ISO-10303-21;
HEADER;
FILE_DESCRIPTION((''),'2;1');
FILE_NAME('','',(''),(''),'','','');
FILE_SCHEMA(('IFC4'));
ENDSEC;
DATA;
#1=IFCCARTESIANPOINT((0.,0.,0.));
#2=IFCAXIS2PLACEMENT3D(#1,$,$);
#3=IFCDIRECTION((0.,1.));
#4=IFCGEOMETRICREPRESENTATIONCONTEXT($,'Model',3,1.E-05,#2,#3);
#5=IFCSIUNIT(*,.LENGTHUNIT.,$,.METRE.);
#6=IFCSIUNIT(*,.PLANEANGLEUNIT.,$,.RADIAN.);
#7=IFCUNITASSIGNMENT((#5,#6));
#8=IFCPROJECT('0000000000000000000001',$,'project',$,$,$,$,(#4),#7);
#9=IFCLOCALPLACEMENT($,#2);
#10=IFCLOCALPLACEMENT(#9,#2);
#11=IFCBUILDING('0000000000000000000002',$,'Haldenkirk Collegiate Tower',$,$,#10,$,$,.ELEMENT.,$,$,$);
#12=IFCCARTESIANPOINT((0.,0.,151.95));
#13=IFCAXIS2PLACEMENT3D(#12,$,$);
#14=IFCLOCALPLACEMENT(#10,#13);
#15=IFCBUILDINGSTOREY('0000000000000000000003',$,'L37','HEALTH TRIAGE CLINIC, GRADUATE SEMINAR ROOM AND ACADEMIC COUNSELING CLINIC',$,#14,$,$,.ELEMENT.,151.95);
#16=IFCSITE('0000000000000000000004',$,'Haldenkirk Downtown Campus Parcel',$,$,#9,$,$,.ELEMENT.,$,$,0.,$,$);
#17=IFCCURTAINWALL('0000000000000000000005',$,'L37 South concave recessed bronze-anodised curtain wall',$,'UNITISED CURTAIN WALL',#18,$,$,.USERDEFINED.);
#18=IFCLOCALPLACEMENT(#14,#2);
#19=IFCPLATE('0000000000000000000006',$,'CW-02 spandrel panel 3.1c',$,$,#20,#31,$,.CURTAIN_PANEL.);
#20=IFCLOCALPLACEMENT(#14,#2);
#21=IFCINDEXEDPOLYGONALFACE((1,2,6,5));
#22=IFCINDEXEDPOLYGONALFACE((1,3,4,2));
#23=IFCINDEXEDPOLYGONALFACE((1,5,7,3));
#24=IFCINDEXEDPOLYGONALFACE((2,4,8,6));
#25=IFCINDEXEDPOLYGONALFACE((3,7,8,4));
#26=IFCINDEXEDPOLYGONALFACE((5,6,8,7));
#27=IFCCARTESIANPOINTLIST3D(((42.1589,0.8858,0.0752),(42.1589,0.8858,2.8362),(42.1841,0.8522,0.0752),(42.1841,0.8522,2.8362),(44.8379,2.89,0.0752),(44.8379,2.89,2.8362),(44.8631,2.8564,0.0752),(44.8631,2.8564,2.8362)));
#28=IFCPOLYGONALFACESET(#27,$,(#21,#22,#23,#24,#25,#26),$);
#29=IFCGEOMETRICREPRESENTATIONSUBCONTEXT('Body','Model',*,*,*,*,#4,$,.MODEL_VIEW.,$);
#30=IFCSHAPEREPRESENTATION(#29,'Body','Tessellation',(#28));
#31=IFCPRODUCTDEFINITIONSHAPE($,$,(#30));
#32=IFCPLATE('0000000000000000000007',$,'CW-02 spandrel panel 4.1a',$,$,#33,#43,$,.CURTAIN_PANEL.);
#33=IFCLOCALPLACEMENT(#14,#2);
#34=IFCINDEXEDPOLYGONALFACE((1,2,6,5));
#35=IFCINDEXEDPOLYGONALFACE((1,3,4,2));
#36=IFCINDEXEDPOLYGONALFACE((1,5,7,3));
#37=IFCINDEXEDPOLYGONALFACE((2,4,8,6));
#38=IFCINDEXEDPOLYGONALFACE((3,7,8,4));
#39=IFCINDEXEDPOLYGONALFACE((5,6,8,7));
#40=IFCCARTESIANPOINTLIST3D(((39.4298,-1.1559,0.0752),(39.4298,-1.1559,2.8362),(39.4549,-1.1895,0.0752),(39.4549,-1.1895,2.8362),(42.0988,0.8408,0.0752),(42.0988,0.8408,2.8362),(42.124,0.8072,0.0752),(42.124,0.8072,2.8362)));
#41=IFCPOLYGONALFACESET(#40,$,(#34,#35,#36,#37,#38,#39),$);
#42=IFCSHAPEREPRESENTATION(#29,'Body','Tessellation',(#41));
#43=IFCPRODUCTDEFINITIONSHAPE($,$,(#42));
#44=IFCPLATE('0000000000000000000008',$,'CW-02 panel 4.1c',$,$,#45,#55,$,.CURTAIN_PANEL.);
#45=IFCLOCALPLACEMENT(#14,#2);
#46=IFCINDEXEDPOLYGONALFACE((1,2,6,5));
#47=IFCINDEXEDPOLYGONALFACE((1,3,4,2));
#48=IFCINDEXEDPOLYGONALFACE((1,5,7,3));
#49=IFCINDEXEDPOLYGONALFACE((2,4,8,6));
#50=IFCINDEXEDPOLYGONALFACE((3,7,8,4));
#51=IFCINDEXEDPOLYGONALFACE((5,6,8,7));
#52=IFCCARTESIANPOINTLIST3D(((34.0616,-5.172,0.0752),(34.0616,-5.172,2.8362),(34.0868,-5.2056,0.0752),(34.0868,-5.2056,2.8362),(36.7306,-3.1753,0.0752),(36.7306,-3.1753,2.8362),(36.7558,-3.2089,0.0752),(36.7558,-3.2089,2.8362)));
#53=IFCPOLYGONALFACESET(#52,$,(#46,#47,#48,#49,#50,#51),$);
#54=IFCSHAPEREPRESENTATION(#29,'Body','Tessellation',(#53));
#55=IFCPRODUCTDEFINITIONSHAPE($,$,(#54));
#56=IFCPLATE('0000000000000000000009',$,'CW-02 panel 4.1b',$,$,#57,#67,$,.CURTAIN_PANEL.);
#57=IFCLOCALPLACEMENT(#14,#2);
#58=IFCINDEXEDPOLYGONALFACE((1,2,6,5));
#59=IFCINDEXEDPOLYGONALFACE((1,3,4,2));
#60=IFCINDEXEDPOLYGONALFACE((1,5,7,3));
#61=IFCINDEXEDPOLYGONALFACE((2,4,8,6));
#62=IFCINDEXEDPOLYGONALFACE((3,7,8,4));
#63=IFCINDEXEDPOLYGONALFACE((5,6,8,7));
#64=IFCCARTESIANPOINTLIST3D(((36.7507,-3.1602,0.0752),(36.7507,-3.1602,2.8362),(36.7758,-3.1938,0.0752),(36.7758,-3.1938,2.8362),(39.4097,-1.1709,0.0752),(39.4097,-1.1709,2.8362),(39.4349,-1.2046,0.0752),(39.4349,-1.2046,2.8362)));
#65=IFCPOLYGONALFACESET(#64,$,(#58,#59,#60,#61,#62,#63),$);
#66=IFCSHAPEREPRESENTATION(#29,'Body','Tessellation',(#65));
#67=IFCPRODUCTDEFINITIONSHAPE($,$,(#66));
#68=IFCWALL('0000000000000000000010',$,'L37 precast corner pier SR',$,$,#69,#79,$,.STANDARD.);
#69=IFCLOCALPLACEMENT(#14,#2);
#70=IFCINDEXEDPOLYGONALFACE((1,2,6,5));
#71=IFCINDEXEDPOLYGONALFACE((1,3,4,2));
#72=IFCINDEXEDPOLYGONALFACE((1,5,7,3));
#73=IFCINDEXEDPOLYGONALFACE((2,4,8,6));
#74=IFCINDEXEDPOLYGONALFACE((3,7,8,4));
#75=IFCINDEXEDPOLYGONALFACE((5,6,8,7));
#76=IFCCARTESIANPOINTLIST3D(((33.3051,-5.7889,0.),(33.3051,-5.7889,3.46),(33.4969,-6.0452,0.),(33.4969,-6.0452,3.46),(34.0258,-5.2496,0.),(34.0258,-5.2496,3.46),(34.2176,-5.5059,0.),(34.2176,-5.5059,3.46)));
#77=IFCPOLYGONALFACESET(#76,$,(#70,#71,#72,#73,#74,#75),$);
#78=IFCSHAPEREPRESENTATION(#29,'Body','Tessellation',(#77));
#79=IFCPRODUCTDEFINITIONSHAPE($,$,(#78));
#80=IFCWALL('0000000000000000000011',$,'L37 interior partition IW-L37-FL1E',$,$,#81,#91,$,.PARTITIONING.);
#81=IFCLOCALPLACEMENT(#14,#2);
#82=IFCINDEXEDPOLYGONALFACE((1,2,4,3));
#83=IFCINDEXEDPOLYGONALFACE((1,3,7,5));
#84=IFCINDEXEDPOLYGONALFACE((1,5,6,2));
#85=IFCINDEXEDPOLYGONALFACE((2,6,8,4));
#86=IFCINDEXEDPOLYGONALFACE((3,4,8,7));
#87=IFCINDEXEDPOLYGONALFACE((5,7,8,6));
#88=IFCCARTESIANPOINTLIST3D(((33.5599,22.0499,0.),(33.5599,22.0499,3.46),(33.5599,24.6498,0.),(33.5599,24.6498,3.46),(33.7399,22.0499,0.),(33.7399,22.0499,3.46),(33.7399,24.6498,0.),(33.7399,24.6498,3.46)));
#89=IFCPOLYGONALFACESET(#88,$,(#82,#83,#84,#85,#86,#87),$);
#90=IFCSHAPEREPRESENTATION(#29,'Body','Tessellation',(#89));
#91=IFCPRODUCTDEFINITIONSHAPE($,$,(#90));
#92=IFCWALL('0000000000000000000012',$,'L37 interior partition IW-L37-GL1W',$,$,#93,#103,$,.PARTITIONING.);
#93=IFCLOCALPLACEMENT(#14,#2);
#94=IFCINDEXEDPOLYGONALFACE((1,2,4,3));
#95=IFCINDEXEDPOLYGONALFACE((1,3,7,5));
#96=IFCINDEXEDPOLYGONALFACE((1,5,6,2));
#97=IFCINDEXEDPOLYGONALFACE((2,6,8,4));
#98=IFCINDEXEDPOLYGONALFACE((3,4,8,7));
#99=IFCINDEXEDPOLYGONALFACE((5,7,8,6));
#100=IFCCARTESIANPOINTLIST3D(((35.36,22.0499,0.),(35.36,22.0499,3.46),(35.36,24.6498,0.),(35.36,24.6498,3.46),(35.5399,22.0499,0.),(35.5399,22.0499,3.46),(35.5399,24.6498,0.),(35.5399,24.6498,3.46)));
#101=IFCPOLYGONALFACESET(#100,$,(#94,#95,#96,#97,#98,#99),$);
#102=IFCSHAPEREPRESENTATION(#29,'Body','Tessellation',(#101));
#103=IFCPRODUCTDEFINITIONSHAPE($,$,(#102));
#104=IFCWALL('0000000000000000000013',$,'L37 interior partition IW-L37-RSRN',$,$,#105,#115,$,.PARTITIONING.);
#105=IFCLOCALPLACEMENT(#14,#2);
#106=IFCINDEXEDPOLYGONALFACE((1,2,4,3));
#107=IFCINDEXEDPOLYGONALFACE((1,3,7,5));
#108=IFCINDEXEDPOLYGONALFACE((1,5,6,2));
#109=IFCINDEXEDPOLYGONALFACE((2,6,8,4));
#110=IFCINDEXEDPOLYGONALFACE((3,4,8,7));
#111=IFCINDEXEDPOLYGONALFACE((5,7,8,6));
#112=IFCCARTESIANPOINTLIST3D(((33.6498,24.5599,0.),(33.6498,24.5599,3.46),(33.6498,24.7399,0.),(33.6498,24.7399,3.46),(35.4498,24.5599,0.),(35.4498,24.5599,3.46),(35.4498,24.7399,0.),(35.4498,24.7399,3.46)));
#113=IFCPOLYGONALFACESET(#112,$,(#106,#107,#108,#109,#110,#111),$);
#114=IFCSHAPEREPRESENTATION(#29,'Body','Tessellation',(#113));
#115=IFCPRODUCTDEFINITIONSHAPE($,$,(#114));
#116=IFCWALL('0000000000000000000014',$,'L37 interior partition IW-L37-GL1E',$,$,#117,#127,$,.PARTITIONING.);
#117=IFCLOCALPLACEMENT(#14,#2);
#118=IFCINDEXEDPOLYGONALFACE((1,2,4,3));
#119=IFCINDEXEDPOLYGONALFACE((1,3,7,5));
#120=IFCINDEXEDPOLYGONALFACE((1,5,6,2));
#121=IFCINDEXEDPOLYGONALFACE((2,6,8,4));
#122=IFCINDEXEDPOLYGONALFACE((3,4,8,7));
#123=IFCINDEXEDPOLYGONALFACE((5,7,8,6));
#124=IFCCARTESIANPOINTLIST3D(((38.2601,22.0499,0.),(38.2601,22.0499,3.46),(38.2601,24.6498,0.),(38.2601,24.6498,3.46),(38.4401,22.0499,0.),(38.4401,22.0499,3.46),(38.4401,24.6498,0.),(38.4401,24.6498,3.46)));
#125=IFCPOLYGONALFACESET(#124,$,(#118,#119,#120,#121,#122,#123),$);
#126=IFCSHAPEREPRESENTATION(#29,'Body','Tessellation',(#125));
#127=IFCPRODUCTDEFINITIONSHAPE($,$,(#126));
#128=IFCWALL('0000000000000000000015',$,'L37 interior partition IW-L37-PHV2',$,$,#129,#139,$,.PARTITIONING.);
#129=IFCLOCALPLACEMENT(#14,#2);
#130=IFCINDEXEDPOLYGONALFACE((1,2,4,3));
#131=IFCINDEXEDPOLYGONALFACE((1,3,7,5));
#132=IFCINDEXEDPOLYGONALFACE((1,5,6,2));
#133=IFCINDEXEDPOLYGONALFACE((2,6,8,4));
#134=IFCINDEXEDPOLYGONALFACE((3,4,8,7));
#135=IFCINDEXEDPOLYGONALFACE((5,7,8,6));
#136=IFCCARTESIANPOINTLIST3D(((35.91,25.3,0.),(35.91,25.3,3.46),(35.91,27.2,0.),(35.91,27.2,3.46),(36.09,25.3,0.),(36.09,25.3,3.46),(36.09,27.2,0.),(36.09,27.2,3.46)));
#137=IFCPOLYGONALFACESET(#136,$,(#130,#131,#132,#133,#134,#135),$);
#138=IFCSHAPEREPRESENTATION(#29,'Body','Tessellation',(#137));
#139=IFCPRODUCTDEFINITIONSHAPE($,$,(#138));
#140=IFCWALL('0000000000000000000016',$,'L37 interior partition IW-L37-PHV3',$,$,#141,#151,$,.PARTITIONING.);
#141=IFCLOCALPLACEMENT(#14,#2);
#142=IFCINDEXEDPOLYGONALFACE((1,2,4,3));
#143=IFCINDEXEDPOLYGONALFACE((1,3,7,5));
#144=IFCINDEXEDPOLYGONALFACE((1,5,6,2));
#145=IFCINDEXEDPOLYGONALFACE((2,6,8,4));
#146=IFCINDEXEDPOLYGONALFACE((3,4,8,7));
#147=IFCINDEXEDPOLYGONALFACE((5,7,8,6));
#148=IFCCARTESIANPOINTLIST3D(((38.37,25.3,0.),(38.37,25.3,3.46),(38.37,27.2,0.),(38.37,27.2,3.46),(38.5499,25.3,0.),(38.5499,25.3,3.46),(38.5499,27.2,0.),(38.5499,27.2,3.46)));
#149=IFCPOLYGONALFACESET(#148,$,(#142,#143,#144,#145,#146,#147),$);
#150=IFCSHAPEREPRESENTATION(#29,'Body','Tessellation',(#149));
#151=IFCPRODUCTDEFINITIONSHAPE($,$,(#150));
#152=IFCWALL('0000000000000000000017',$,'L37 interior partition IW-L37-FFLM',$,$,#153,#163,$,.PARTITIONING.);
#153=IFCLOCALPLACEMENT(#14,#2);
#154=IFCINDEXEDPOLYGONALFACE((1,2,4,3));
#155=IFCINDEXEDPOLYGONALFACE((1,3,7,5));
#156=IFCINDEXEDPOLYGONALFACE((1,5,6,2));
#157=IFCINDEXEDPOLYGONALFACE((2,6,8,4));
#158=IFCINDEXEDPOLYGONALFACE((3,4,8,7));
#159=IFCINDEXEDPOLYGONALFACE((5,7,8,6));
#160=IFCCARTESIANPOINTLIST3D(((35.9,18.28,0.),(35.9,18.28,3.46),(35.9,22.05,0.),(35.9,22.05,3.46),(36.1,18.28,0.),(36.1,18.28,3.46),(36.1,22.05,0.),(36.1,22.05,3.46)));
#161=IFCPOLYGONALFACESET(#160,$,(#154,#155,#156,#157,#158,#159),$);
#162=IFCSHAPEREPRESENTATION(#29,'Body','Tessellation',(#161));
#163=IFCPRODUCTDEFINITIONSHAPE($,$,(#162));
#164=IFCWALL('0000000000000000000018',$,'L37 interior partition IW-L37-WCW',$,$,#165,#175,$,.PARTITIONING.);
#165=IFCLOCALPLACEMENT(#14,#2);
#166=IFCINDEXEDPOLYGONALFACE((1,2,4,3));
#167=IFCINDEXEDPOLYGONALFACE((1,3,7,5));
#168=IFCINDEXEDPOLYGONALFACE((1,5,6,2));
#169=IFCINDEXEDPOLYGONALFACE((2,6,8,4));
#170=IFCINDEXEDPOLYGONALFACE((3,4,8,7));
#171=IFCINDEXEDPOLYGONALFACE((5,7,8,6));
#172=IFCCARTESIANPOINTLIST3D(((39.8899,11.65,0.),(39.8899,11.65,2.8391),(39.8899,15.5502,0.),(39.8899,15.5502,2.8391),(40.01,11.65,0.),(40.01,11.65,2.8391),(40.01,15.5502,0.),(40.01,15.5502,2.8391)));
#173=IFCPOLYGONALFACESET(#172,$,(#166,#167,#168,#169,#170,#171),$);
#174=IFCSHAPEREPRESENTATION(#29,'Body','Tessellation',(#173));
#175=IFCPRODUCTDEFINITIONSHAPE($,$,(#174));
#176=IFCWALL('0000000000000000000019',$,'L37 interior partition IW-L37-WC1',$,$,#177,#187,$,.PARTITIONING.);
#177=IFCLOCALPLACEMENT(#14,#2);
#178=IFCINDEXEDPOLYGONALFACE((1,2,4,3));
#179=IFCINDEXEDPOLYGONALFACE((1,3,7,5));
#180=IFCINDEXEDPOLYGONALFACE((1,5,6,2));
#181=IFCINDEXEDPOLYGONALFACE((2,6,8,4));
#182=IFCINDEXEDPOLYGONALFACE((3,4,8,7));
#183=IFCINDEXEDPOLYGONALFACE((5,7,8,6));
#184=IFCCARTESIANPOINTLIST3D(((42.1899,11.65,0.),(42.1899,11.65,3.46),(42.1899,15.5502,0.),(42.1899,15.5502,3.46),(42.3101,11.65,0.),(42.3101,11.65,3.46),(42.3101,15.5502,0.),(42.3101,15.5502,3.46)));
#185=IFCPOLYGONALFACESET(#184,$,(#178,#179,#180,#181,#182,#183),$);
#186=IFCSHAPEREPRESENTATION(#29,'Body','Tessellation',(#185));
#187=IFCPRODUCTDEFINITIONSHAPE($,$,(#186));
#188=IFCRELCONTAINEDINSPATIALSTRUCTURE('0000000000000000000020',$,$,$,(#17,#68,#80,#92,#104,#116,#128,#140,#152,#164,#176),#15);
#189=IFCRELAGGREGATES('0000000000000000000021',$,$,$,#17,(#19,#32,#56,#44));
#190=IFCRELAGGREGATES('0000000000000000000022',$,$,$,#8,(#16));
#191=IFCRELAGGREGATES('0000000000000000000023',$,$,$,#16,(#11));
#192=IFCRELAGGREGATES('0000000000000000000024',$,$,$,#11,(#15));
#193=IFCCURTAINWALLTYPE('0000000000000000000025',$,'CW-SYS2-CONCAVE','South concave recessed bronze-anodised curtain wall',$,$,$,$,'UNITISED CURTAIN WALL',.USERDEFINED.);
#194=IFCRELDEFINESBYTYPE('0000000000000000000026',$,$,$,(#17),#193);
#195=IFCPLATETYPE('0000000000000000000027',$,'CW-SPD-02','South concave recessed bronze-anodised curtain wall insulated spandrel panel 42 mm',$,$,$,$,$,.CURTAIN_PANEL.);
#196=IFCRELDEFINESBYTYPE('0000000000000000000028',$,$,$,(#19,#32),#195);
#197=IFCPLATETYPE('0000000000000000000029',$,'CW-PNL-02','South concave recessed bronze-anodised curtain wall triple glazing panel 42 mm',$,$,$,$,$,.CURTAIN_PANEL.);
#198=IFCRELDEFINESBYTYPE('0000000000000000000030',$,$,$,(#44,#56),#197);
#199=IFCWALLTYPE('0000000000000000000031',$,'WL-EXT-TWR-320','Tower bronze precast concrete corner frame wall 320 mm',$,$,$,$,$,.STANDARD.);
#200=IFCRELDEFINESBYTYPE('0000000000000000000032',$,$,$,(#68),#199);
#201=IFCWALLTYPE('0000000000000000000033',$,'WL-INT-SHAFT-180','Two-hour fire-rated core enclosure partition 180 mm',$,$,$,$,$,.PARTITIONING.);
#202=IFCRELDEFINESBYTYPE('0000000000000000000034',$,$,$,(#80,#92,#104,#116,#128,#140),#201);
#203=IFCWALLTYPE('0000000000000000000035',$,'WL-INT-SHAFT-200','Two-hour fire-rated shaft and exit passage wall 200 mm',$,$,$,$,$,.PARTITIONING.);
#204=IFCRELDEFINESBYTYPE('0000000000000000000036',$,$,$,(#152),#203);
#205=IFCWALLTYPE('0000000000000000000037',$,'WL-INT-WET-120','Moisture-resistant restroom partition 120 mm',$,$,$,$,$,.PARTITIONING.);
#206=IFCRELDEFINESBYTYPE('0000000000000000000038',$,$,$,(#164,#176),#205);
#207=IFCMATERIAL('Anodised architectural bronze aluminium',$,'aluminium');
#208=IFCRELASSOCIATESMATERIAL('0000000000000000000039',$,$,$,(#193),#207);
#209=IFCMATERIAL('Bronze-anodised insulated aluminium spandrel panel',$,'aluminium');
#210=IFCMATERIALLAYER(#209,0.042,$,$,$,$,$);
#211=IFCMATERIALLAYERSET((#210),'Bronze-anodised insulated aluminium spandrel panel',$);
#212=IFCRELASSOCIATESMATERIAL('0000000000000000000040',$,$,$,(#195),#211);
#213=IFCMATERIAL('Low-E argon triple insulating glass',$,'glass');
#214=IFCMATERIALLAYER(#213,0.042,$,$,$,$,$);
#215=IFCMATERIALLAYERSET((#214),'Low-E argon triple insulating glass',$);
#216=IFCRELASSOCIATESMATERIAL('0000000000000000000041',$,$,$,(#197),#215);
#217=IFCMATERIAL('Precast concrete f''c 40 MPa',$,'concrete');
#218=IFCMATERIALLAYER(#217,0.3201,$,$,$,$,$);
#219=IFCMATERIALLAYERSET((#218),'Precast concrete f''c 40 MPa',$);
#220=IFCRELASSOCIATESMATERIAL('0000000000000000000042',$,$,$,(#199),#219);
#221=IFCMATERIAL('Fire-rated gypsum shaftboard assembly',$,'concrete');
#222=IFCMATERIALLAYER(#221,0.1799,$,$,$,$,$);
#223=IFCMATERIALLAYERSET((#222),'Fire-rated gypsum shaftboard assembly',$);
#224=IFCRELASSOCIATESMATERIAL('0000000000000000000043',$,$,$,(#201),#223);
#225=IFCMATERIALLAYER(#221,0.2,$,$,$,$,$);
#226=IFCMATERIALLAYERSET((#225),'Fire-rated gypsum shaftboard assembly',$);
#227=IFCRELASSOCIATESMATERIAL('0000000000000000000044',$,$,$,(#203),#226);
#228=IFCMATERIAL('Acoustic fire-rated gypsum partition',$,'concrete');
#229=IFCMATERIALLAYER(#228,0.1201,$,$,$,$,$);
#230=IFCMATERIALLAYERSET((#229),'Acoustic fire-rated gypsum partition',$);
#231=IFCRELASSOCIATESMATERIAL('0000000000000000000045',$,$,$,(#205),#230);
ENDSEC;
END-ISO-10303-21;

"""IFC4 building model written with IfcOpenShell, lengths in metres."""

from ifc_helpers import new_model, si_unit, direction, frame, frame_2d, origin, origin_2d, place, context, subcontext, project, spatial, rectangle, extrude, source, transform, mapped, material, layer, layer_set, type_object, element, aggregate, save


model = new_model("IFC4")

# Units and contexts
model_context = context("Model", 3, precision=1e-05, world=origin(), true_north=direction((0.0, 1.0)))
body_context = subcontext(model_context, "Body", "Model", "MODEL_VIEW")
ifc_project = project(units=[si_unit("LENGTHUNIT", "METRE"), si_unit("PLANEANGLEUNIT", "RADIAN")], contexts=[model_context])

# Site, building, storey
site_placement = place(None, origin())
site = spatial("IfcSite", under=ifc_project, at=site_placement, Name="Haldenkirk Downtown Campus Parcel", CompositionType="ELEMENT", RefElevation=0.0)
building_placement = place(site_placement, origin())
building = spatial("IfcBuilding", under=site, at=building_placement, Name="Haldenkirk Collegiate Tower", CompositionType="ELEMENT")
storey_placement = place(building_placement, frame((0.0, 0.0, 151.95)))
storey = spatial("IfcBuildingStorey", under=building, at=storey_placement, Name="L37", Description="HEALTH TRIAGE CLINIC, GRADUATE SEMINAR ROOM AND ACADEMIC COUNSELING CLINIC", CompositionType="ELEMENT", Elevation=151.95)

# Curtain wall, plates
ifc_material_1 = material(Name="Anodised architectural bronze aluminium", Category="aluminium")
curtain_wall_type = type_object("IfcCurtainWallType", Name="CW-SYS2-CONCAVE", Description="South concave recessed bronze-anodised curtain wall", ElementType="UNITISED CURTAIN WALL", PredefinedType="USERDEFINED", material=ifc_material_1)
curtain_wall_placement = place(storey_placement, origin())
curtain_wall = element("IfcCurtainWall", 1, at=curtain_wall_placement, inside=storey, type_object=curtain_wall_type, Name="L37 South concave recessed bronze-anodised curtain wall", ObjectType="UNITISED CURTAIN WALL", PredefinedType="USERDEFINED")
ifc_material_2 = material(Name="Bronze-anodised insulated aluminium spandrel panel", Category="aluminium")
ifc_layer_1 = layer(ifc_material_2, 0.042)
ifc_layer_set_1 = layer_set([ifc_layer_1], Name="Bronze-anodised insulated aluminium spandrel panel")
plate_type_1 = type_object("IfcPlateType", Name="CW-SPD-02", Description="South concave recessed bronze-anodised curtain wall insulated spandrel panel 42 mm", PredefinedType="CURTAIN_PANEL", material=ifc_layer_set_1)
shared_shape_1 = source(origin(), body_context, "Body", "SweptSolid", [
    extrude(rectangle(XDim=3.3457, YDim=0.042, at=origin_2d()), origin(), (0.0, 0.0, 1.0), 2.761),
])
plate_1_placement = place(storey_placement, frame((43.511, 1.8711, 0.0752), z_axis=(0.0, 0.0, 1.0), x_axis=(-0.80073, -0.599025, 0.0)))
plate_1 = element("IfcPlate", 2, at=plate_1_placement, type_object=plate_type_1, Name="CW-02 spandrel panel 3.1c", PredefinedType="CURTAIN_PANEL", context=body_context, shape_type="MappedRepresentation", body=[
    mapped(shared_shape_1, transform((0.0, 0.0, 0.0), x_axis=(1.0, 0.0, 0.0), y_axis=(0.0, 1.0, 0.0), z_axis=(0.0, 0.0, 1.0), scale=1.0)),
])
shared_shape_2 = source(origin(), body_context, "Body", "SweptSolid", [
    extrude(rectangle(XDim=3.3333, YDim=0.042, at=origin_2d()), origin(), (0.0, 0.0, 1.0), 2.761),
])
plate_2_placement = place(storey_placement, frame((40.7769, -0.1743, 0.0752), z_axis=(0.0, 0.0, 1.0), x_axis=(-0.80073, -0.599025, 0.0)))
plate_2 = element("IfcPlate", 3, at=plate_2_placement, type_object=plate_type_1, Name="CW-02 spandrel panel 4.1a", PredefinedType="CURTAIN_PANEL", context=body_context, shape_type="MappedRepresentation", body=[
    mapped(shared_shape_2, transform((0.0, 0.0, 0.0), x_axis=(1.0, 0.0, 0.0), y_axis=(0.0, 1.0, 0.0), z_axis=(0.0, 0.0, 1.0), scale=1.0)),
])
ifc_material_3 = material(Name="Low-E argon triple insulating glass", Category="glass")
ifc_layer_2 = layer(ifc_material_3, 0.042)
ifc_layer_set_2 = layer_set([ifc_layer_2], Name="Low-E argon triple insulating glass")
plate_type_2 = type_object("IfcPlateType", Name="CW-PNL-02", Description="South concave recessed bronze-anodised curtain wall triple glazing panel 42 mm", PredefinedType="CURTAIN_PANEL", material=ifc_layer_set_2)
plate_3_placement = place(storey_placement, frame((35.4087, -4.1904, 0.0752), z_axis=(0.0, 0.0, 1.0), x_axis=(-0.80073, -0.599025, 0.0)))
plate_3 = element("IfcPlate", 4, at=plate_3_placement, type_object=plate_type_2, Name="CW-02 panel 4.1c", PredefinedType="CURTAIN_PANEL", context=body_context, shape_type="MappedRepresentation", body=[
    mapped(shared_shape_2, transform((0.0, 0.0, 0.0), x_axis=(1.0, 0.0, 0.0), y_axis=(0.0, 1.0, 0.0), z_axis=(0.0, 0.0, 1.0), scale=1.0)),
])
shared_shape_3 = source(origin(), body_context, "Body", "SweptSolid", [
    extrude(rectangle(XDim=3.3208, YDim=0.042, at=origin_2d()), origin(), (0.0, 0.0, 1.0), 2.761),
])
plate_4_placement = place(storey_placement, frame((38.0928, -2.1824, 0.0752), z_axis=(0.0, 0.0, 1.0), x_axis=(-0.80073, -0.599025, 0.0)))
plate_4 = element("IfcPlate", 5, at=plate_4_placement, type_object=plate_type_2, Name="CW-02 panel 4.1b", PredefinedType="CURTAIN_PANEL", context=body_context, shape_type="MappedRepresentation", body=[
    mapped(shared_shape_3, transform((0.0, 0.0, 0.0), x_axis=(1.0, 0.0, 0.0), y_axis=(0.0, 1.0, 0.0), z_axis=(0.0, 0.0, 1.0), scale=1.0)),
])
aggregate(curtain_wall, [plate_1, plate_2, plate_4, plate_3])

# Walls
ifc_material_4 = material(Name="Precast concrete f'c 40 MPa", Category="concrete")
ifc_layer_3 = layer(ifc_material_4, 0.3201)
ifc_layer_set_3 = layer_set([ifc_layer_3], Name="Precast concrete f'c 40 MPa")
wall_type_1 = type_object("IfcWallType", Name="WL-EXT-TWR-320", Description="Tower bronze precast concrete corner frame wall 320 mm", PredefinedType="STANDARD", material=ifc_layer_set_3)
wall_1_placement = place(storey_placement, frame((34.1218, -5.3777, 0.0), z_axis=(0.0, 0.0, 1.0), x_axis=(-0.80065, -0.599132, 0.0)))
element("IfcWall", 6, at=wall_1_placement, inside=storey, type_object=wall_type_1, Name="L37 precast corner pier SR", PredefinedType="STANDARD", context=body_context, shape_type="SweptSolid", body=[
    extrude(rectangle(XDim=0.9001, YDim=0.3201, at=frame_2d((0.4502, 0.0))), origin(), (0.0, 0.0, 1.0), 3.46),
])
ifc_material_5 = material(Name="Fire-rated gypsum shaftboard assembly", Category="concrete")
ifc_layer_4 = layer(ifc_material_5, 0.1799)
ifc_layer_set_4 = layer_set([ifc_layer_4], Name="Fire-rated gypsum shaftboard assembly")
wall_type_2 = type_object("IfcWallType", Name="WL-INT-SHAFT-180", Description="Two-hour fire-rated core enclosure partition 180 mm", PredefinedType="PARTITIONING", material=ifc_layer_set_4)
for number, where, z_axis, x_axis, name in (
    (7, (33.6499, 22.05, 0.0), (0.0, 0.0, 1.0), (0.0, 1.0, 0.0), "L37 interior partition IW-L37-FL1E"),
    (8, (35.45, 22.05, 0.0), (0.0, 0.0, 1.0), (0.0, 1.0, 0.0), "L37 interior partition IW-L37-GL1W"),
):
    element("IfcWall", number, at=place(storey_placement, frame(where, z_axis=z_axis, x_axis=x_axis)), inside=storey, type_object=wall_type_2, Name=name, PredefinedType="PARTITIONING", context=body_context, shape_type="SweptSolid", body=[
        extrude(rectangle(XDim=2.5999, YDim=0.1799, at=frame_2d((1.2998, 0.0))), origin(), (0.0, 0.0, 1.0), 3.46),
    ])
wall_2_placement = place(storey_placement, frame((33.6499, 24.6499, 0.0), z_axis=(0.0, 0.0, 1.0), x_axis=(1.0, 0.0, 0.0)))
element("IfcWall", 9, at=wall_2_placement, inside=storey, type_object=wall_type_2, Name="L37 interior partition IW-L37-RSRN", PredefinedType="PARTITIONING", context=body_context, shape_type="SweptSolid", body=[
    extrude(rectangle(XDim=1.8, YDim=0.1799, at=frame_2d((0.8999, 0.0))), origin(), (0.0, 0.0, 1.0), 3.46),
])
wall_3_placement = place(storey_placement, frame((38.3501, 22.05, 0.0), z_axis=(0.0, 0.0, 1.0), x_axis=(0.0, 1.0, 0.0)))
element("IfcWall", 10, at=wall_3_placement, inside=storey, type_object=wall_type_2, Name="L37 interior partition IW-L37-GL1E", PredefinedType="PARTITIONING", context=body_context, shape_type="SweptSolid", body=[
    extrude(rectangle(XDim=2.5999, YDim=0.1799, at=frame_2d((1.2998, 0.0))), origin(), (0.0, 0.0, 1.0), 3.46),
])
for number, where, z_axis, x_axis, name in (
    (11, (36.0, 25.3, 0.0), (0.0, 0.0, 1.0), (0.0, 1.0, 0.0), "L37 interior partition IW-L37-PHV2"),
    (12, (38.46, 25.3, 0.0), (0.0, 0.0, 1.0), (0.0, 1.0, 0.0), "L37 interior partition IW-L37-PHV3"),
):
    element("IfcWall", number, at=place(storey_placement, frame(where, z_axis=z_axis, x_axis=x_axis)), inside=storey, type_object=wall_type_2, Name=name, PredefinedType="PARTITIONING", context=body_context, shape_type="SweptSolid", body=[
        extrude(rectangle(XDim=1.8999, YDim=0.1799, at=frame_2d((0.95, 0.0))), origin(), (0.0, 0.0, 1.0), 3.46),
    ])
ifc_layer_5 = layer(ifc_material_5, 0.2)
ifc_layer_set_5 = layer_set([ifc_layer_5], Name="Fire-rated gypsum shaftboard assembly")
wall_type_3 = type_object("IfcWallType", Name="WL-INT-SHAFT-200", Description="Two-hour fire-rated shaft and exit passage wall 200 mm", PredefinedType="PARTITIONING", material=ifc_layer_set_5)
wall_4_placement = place(storey_placement, frame((36.0, 18.28, 0.0), z_axis=(0.0, 0.0, 1.0), x_axis=(0.0, 1.0, 0.0)))
element("IfcWall", 13, at=wall_4_placement, inside=storey, type_object=wall_type_3, Name="L37 interior partition IW-L37-FFLM", PredefinedType="PARTITIONING", context=body_context, shape_type="SweptSolid", body=[
    extrude(rectangle(XDim=3.77, YDim=0.2, at=frame_2d((1.885, 0.0))), origin(), (0.0, 0.0, 1.0), 3.46),
])

# Walls
ifc_material_6 = material(Name="Acoustic fire-rated gypsum partition", Category="concrete")
ifc_layer_6 = layer(ifc_material_6, 0.1201)
ifc_layer_set_6 = layer_set([ifc_layer_6], Name="Acoustic fire-rated gypsum partition")
wall_type_4 = type_object("IfcWallType", Name="WL-INT-WET-120", Description="Moisture-resistant restroom partition 120 mm", PredefinedType="PARTITIONING", material=ifc_layer_set_6)
wall_5_placement = place(storey_placement, frame((39.95, 11.6499, 0.0), z_axis=(0.0, 0.0, 1.0), x_axis=(0.0, 1.0, 0.0)))
element("IfcWall", 14, at=wall_5_placement, inside=storey, type_object=wall_type_4, Name="L37 interior partition IW-L37-WCW", PredefinedType="PARTITIONING", context=body_context, shape_type="SweptSolid", body=[
    extrude(rectangle(XDim=3.9001, YDim=0.1201, at=frame_2d((1.9502, 0.0))), origin(), (0.0, 0.0, 1.0), 2.8391),
])
wall_6_placement = place(storey_placement, frame((42.25, 11.6499, 0.0), z_axis=(0.0, 0.0, 1.0), x_axis=(0.0, 1.0, 0.0)))
element("IfcWall", 15, at=wall_6_placement, inside=storey, type_object=wall_type_4, Name="L37 interior partition IW-L37-WC1", PredefinedType="PARTITIONING", context=body_context, shape_type="SweptSolid", body=[
    extrude(rectangle(XDim=3.9001, YDim=0.1201, at=frame_2d((1.9502, 0.0))), origin(), (0.0, 0.0, 1.0), 3.46),
])

save(model, "model.ifc")
